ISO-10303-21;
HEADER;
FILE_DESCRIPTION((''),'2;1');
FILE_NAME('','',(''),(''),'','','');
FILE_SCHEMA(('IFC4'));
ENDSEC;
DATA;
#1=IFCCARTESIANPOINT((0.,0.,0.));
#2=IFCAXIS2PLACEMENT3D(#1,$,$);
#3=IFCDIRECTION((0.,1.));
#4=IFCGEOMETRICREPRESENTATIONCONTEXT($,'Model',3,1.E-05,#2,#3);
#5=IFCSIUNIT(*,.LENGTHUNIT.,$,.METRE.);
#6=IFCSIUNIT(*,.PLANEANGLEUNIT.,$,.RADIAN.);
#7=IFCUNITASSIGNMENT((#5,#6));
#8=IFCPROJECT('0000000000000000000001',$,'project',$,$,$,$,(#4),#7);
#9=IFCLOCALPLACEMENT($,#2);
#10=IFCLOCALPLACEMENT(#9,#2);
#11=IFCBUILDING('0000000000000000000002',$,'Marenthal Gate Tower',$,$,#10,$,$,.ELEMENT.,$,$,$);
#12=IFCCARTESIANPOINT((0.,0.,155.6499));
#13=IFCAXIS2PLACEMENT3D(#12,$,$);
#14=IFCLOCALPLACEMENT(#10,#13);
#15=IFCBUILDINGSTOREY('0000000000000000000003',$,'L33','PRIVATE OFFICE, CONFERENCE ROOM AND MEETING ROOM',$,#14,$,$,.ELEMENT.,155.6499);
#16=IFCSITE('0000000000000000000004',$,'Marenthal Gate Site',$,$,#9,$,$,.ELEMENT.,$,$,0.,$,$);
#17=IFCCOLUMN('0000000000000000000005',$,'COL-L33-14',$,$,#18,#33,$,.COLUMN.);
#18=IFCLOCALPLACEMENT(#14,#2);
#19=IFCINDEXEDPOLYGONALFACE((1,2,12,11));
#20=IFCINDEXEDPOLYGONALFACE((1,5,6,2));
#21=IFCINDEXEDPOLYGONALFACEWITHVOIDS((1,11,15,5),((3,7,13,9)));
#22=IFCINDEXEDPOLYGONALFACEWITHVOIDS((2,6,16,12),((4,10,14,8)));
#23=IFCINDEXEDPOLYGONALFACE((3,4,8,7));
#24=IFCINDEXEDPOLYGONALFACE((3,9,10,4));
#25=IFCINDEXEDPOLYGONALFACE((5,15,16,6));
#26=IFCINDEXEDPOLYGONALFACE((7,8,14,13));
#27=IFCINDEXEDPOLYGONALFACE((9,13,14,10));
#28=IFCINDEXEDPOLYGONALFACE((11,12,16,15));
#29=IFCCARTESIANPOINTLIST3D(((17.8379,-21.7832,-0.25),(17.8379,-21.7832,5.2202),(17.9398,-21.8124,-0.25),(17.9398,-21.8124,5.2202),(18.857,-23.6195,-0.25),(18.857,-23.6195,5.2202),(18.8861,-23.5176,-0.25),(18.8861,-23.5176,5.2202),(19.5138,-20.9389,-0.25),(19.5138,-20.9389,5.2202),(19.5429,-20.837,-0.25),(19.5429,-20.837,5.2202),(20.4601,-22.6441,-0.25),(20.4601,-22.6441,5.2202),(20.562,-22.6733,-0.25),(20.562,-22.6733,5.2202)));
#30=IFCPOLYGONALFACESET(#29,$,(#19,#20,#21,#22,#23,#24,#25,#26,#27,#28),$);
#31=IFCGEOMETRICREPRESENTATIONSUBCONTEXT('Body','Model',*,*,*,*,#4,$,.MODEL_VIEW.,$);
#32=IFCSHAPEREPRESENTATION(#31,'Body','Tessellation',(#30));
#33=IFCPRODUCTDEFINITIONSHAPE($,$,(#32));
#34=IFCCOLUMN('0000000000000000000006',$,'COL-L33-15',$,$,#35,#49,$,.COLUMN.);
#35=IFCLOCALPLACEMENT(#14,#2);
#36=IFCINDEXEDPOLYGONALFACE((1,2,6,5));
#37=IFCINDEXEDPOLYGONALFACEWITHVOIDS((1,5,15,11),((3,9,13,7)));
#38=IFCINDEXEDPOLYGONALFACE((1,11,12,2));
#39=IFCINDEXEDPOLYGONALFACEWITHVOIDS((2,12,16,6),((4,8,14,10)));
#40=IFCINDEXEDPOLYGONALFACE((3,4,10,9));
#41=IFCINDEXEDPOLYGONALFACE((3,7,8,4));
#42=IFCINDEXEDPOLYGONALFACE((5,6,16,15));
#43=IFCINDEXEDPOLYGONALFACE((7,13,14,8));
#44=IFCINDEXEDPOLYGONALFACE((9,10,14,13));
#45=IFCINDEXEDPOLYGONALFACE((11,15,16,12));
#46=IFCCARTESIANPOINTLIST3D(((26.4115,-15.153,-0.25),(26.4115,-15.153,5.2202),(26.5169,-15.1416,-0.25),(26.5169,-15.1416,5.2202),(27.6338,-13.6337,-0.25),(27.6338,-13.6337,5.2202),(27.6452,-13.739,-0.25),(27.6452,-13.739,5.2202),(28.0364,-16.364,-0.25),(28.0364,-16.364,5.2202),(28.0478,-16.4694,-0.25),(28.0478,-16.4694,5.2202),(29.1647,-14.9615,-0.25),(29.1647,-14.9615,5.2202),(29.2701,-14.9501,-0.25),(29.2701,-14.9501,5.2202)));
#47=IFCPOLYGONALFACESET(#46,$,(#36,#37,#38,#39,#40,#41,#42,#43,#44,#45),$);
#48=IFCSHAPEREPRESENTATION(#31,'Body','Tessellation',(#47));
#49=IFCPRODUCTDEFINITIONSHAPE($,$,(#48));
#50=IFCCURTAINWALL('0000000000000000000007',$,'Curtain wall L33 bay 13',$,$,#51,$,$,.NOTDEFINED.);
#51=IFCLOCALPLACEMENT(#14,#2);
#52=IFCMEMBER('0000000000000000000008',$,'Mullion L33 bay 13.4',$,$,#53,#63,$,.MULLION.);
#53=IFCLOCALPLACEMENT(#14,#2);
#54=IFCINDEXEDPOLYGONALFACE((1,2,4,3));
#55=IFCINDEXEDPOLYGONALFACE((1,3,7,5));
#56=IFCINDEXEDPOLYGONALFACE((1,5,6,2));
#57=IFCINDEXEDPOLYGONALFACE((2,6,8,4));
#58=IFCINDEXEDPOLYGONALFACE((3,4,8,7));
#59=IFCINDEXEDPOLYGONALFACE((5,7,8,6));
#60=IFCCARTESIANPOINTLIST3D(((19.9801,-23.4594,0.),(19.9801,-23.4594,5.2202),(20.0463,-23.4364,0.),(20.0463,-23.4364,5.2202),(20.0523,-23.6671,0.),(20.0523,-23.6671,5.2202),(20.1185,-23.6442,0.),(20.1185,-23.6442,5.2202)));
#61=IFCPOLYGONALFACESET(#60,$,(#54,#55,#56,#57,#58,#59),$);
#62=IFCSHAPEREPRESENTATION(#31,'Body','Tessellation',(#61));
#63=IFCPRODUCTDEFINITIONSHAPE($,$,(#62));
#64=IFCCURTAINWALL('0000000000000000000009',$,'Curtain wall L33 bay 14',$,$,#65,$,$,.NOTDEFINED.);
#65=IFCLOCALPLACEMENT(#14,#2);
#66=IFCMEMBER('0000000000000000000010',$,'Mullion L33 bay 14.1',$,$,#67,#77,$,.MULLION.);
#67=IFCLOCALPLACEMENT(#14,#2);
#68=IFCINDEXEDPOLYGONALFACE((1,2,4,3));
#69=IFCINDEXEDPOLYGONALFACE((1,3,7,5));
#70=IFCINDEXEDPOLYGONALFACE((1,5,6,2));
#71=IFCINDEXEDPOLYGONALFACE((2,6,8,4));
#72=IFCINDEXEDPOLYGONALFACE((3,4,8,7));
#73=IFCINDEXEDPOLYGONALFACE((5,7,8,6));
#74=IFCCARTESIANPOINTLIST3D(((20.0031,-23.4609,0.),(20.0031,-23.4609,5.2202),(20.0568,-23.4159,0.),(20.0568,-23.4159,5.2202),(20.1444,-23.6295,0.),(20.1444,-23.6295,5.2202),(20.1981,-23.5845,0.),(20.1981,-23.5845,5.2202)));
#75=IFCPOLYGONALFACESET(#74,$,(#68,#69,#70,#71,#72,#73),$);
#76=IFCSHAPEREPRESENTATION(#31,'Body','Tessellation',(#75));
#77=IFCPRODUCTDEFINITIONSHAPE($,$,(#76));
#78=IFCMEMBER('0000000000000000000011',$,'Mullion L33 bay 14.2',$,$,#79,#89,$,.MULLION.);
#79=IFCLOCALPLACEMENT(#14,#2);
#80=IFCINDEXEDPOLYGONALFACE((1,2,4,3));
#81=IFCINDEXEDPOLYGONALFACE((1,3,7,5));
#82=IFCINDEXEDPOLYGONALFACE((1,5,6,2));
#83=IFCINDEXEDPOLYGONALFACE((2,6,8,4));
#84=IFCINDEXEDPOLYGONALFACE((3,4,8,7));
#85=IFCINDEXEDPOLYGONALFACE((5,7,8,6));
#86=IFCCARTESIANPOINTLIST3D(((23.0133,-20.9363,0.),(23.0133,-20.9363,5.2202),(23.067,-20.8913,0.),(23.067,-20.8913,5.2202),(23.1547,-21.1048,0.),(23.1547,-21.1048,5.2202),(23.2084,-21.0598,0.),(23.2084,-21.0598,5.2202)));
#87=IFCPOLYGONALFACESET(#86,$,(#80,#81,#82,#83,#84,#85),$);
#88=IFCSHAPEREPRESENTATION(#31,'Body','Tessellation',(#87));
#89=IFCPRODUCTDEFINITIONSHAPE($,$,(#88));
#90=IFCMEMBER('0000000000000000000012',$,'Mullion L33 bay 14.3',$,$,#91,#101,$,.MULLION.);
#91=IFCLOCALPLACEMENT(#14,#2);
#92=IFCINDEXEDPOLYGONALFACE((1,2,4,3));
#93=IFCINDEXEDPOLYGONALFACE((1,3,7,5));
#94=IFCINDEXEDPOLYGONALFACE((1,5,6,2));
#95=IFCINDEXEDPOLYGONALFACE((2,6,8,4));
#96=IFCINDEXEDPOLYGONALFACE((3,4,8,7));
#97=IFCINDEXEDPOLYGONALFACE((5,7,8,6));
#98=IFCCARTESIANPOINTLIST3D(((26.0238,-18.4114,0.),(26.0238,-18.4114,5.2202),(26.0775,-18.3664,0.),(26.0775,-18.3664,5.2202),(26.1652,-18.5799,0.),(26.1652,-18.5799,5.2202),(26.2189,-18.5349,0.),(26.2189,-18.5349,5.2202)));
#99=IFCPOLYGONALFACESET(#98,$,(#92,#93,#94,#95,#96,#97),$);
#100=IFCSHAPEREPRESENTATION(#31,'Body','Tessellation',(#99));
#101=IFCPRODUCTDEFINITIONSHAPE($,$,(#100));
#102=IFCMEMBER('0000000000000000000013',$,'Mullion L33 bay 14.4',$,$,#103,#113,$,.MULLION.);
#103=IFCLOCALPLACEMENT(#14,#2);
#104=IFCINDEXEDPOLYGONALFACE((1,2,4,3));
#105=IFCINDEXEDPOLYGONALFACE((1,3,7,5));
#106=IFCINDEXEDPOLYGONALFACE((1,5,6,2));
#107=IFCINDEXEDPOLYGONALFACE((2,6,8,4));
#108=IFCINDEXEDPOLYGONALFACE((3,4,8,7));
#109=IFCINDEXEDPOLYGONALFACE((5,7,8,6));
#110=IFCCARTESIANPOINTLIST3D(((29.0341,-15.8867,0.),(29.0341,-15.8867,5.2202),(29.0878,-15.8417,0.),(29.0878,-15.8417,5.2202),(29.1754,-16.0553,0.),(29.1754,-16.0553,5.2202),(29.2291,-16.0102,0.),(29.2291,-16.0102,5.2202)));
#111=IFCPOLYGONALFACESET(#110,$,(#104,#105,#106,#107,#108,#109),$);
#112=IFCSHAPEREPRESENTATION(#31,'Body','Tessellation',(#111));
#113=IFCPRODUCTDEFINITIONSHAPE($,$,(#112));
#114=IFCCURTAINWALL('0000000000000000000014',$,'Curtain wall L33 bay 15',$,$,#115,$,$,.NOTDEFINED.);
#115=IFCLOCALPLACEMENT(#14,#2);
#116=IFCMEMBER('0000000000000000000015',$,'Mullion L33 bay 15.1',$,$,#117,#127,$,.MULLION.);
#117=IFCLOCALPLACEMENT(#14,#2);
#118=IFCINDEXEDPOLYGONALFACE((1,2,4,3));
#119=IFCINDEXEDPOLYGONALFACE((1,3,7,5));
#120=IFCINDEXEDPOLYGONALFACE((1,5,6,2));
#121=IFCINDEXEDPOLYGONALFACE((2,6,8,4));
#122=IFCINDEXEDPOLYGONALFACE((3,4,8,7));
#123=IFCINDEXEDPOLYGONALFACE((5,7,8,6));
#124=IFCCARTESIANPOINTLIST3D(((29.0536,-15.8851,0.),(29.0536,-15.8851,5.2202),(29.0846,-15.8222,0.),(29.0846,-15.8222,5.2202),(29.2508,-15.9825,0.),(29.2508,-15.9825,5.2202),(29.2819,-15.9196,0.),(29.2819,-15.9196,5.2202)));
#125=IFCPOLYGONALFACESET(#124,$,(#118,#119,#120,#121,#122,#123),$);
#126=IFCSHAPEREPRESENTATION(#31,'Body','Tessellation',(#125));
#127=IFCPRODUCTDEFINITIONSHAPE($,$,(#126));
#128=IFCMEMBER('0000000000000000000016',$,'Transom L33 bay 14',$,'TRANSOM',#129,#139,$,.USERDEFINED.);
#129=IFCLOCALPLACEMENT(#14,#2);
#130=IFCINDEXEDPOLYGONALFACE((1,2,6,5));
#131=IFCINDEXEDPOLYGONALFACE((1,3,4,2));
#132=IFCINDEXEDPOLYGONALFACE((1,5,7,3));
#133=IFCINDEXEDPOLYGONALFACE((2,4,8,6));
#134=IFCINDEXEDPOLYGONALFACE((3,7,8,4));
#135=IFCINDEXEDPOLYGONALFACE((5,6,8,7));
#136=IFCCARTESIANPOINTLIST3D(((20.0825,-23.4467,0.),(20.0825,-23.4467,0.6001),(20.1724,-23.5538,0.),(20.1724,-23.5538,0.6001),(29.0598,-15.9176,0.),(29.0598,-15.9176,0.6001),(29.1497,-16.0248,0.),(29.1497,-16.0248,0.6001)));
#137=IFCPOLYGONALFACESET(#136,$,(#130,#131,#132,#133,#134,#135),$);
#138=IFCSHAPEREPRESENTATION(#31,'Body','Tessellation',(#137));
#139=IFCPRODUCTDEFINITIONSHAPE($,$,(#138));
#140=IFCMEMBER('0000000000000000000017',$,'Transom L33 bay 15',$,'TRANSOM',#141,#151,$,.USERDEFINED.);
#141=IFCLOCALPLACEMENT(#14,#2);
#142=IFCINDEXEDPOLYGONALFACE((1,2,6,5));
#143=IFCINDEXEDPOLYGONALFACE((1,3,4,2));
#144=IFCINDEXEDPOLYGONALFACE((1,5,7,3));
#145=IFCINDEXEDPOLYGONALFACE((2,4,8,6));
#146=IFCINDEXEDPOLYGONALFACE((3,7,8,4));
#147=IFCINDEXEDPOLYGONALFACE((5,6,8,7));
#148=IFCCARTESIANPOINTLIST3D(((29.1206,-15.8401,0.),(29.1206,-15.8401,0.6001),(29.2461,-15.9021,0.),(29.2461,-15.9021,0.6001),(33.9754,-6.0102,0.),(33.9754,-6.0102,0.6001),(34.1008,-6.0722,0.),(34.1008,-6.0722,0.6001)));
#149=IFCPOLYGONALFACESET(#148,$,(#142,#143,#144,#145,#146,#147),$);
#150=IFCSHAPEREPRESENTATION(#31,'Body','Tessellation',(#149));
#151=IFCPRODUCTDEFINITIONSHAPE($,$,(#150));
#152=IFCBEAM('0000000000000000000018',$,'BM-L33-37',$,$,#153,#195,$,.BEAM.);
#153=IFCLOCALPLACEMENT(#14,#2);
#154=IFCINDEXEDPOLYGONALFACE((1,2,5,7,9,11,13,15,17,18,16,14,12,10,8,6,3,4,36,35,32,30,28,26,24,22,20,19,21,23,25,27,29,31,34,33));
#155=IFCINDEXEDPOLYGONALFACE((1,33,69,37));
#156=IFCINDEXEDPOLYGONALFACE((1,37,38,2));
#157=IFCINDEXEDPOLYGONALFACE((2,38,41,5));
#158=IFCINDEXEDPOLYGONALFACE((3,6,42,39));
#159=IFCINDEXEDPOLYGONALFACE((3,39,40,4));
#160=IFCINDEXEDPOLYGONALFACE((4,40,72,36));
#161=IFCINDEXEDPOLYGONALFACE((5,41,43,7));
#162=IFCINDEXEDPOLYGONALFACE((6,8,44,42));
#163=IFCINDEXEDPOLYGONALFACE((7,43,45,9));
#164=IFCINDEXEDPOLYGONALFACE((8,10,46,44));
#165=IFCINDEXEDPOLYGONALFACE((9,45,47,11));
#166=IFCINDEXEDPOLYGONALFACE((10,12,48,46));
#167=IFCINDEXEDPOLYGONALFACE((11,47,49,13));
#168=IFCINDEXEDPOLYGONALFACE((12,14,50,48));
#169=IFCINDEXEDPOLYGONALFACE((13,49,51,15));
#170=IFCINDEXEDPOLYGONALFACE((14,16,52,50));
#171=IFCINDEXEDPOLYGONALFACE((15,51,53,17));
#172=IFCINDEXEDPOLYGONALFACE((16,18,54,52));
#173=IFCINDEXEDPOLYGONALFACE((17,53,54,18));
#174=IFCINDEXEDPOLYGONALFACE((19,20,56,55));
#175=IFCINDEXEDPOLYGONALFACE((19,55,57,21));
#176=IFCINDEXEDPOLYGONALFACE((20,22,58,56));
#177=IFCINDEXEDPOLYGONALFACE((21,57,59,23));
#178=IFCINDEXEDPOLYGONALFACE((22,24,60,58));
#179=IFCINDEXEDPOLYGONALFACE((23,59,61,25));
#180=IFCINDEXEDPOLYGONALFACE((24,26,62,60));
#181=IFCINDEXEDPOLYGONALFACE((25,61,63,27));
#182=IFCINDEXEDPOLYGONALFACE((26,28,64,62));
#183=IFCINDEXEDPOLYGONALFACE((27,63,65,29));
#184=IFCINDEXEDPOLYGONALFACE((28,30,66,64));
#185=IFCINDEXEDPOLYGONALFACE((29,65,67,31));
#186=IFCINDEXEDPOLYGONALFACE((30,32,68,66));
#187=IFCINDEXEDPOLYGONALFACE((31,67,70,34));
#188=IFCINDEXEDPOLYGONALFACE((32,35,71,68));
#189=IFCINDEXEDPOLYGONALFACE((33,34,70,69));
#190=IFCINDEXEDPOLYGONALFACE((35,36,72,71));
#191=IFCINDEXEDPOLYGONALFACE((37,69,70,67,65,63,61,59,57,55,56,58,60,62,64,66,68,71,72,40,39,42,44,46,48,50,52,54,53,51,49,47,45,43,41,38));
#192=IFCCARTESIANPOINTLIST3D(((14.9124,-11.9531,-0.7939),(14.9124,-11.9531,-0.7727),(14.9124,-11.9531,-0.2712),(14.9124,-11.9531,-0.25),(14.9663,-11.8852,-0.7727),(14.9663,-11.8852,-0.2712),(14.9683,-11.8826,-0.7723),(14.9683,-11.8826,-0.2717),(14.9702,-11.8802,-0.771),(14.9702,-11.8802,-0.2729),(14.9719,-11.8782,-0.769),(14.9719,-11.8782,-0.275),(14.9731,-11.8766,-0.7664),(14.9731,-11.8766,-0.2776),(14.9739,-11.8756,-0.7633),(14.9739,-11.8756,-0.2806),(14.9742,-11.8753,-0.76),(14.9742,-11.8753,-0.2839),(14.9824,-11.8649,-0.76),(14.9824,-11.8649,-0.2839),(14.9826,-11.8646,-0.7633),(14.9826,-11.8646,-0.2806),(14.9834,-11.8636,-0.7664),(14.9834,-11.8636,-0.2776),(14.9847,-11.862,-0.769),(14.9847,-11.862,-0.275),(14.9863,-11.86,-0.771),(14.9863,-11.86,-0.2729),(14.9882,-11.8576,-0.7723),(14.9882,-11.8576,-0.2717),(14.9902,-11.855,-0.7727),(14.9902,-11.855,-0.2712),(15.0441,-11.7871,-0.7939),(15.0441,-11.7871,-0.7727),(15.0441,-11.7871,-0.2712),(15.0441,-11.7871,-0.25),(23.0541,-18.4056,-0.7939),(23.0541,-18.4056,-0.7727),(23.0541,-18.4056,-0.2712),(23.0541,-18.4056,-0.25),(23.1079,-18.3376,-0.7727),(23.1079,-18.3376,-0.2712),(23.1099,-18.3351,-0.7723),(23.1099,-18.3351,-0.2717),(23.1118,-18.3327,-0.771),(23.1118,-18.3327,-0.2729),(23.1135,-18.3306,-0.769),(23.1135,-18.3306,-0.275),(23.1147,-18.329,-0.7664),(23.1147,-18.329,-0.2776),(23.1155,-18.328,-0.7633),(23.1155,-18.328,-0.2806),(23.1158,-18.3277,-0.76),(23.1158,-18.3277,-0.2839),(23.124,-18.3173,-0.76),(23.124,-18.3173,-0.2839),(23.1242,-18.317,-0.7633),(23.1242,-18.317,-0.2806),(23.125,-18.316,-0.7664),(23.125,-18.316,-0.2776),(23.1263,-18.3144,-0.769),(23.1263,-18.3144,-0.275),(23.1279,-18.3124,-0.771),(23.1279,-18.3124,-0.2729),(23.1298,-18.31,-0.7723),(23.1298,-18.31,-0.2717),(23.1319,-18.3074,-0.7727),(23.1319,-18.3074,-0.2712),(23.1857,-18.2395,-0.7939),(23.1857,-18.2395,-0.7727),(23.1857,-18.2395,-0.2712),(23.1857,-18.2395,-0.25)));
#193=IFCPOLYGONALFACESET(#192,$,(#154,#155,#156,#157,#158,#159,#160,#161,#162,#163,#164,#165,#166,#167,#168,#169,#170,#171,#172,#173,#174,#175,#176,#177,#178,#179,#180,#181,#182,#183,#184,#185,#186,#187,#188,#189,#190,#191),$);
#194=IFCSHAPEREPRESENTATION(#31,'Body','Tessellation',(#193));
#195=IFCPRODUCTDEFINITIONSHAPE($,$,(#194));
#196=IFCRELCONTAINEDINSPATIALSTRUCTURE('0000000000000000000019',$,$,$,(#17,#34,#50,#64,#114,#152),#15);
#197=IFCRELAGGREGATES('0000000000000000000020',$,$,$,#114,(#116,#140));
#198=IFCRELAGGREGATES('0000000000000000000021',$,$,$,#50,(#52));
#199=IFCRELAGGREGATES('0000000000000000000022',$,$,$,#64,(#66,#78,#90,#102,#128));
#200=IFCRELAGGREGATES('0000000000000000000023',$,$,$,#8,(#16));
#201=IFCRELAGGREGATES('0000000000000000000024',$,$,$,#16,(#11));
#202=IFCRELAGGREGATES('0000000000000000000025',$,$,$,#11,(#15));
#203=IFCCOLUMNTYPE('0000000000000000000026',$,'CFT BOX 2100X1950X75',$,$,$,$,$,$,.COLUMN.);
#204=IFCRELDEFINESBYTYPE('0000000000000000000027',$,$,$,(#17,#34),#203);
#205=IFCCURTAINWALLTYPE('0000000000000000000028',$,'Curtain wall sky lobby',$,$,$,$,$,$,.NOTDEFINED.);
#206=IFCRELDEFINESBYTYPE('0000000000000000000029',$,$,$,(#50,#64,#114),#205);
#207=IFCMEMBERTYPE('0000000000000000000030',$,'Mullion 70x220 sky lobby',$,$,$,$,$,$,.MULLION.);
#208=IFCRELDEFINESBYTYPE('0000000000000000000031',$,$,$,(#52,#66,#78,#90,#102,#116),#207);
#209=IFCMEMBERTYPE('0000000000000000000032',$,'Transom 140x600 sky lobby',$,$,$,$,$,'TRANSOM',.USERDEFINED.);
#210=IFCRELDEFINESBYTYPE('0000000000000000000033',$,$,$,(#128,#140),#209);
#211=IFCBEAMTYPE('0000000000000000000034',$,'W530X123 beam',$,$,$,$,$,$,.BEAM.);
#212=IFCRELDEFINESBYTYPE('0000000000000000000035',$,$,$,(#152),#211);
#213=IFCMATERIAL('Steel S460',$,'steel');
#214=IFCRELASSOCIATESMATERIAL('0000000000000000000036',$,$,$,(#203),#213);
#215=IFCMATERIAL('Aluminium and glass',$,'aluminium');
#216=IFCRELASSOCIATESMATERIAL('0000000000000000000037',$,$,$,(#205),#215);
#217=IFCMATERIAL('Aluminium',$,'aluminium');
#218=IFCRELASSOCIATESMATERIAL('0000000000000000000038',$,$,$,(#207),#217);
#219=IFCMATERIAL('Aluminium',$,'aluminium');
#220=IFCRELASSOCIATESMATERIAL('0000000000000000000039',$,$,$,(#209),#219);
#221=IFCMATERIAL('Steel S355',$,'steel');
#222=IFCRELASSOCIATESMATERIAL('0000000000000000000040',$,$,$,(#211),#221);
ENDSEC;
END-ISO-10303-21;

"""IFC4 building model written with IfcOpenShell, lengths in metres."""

from ifc_helpers import new_model, si_unit, direction, frame, origin, origin_2d, place, context, subcontext, project, spatial, rectangle, hollow_rectangle, i_section, extrude, material, material_profile, profile_set, type_object, element, aggregate, save


model = new_model("IFC4")

# Units and contexts
model_context = context("Model", 3, precision=1e-05, world=origin(), true_north=direction((0.0, 1.0)))
body_context = subcontext(model_context, "Body", "Model", "MODEL_VIEW")
ifc_project = project(units=[si_unit("LENGTHUNIT", "METRE"), si_unit("PLANEANGLEUNIT", "RADIAN")], contexts=[model_context])

# Site, building, storey
site_placement = place(None, origin())
site = spatial("IfcSite", under=ifc_project, at=site_placement, Name="Marenthal Gate Site", CompositionType="ELEMENT", RefElevation=0.0)
building_placement = place(site_placement, origin())
building = spatial("IfcBuilding", under=site, at=building_placement, Name="Marenthal Gate Tower", CompositionType="ELEMENT")
storey_placement = place(building_placement, frame((0.0, 0.0, 155.6499)))
storey = spatial("IfcBuildingStorey", under=building, at=storey_placement, Name="L33", Description="PRIVATE OFFICE, CONFERENCE ROOM AND MEETING ROOM", CompositionType="ELEMENT", Elevation=155.6499)

# Columns
ifc_material_1 = material(Name="Steel S460", Category="steel")
ifc_material_profile_1 = material_profile(ifc_material_1, hollow_rectangle(XDim=1.95, YDim=2.1001, WallThickness=0.075, at=origin_2d()), Name="CFT BOX 2100X1950X75")
ifc_material_2 = material(Name="Concrete 70 MPa", Category="concrete")
ifc_material_profile_2 = material_profile(ifc_material_2, rectangle(XDim=1.8, YDim=1.95, at=origin_2d()), Name="CFT BOX 2100X1950X75 INFILL")
ifc_profile_set_1 = profile_set([ifc_material_profile_1, ifc_material_profile_2], Name="Steel S460 shell, Concrete 70 MPa infill")
column_type = type_object("IfcColumnType", Name="CFT BOX 2100X1950X75", PredefinedType="COLUMN", material=ifc_profile_set_1)
for number, where, z_axis, x_axis, name in (
    (1, (19.2, -22.2283, -0.25), (0.0, 0.0, 1.0), (-0.87438, -0.485242, 0.0), "COL-L33-14"),
    (2, (27.8408, -15.0515, -0.25), (0.0, 0.0, 1.0), (-0.626831, -0.779155, 0.0), "COL-L33-15"),
):
    element("IfcColumn", number, at=place(storey_placement, frame(where, z_axis=z_axis, x_axis=x_axis)), inside=storey, type_object=column_type, Name=name, PredefinedType="COLUMN", context=body_context, shape_type="SweptSolid", body=[
        extrude(hollow_rectangle(XDim=1.95, YDim=2.1001, WallThickness=0.075, at=origin_2d()), origin(), (0.0, 0.0, 1.0), 5.4702),
    ])

# Curtain wall, member
ifc_material_3 = material(Name="Aluminium and glass", Category="aluminium")
curtain_wall_type = type_object("IfcCurtainWallType", Name="Curtain wall sky lobby", PredefinedType="NOTDEFINED", material=ifc_material_3)
curtain_wall_1_placement = place(storey_placement, origin())
curtain_wall_1 = element("IfcCurtainWall", 3, at=curtain_wall_1_placement, inside=storey, type_object=curtain_wall_type, Name="Curtain wall L33 bay 13", PredefinedType="NOTDEFINED")
ifc_material_4 = material(Name="Aluminium", Category="aluminium")
ifc_material_profile_3 = material_profile(ifc_material_4, rectangle(XDim=0.22, YDim=0.0701, at=origin_2d()), Name="70x220 aluminium mullion")
ifc_profile_set_2 = profile_set([ifc_material_profile_3], Name="Aluminium")
member_type_1 = type_object("IfcMemberType", Name="Mullion 70x220 sky lobby", PredefinedType="MULLION", material=ifc_profile_set_2)
member_1_placement = place(storey_placement, frame((20.0493, -23.5518, 0.0), z_axis=(0.0, 0.0, 1.0), x_axis=(-0.328158, 0.944623, 0.0)))
member_1 = element("IfcMember", 4, at=member_1_placement, type_object=member_type_1, Name="Mullion L33 bay 13.4", PredefinedType="MULLION", context=body_context, shape_type="SweptSolid", body=[
    extrude(rectangle(XDim=0.22, YDim=0.0701, at=origin_2d()), origin(), (0.0, 0.0, 1.0), 5.2202),
])

# Curtain wall, members
curtain_wall_2_placement = place(storey_placement, origin())
curtain_wall_2 = element("IfcCurtainWall", 5, at=curtain_wall_2_placement, inside=storey, type_object=curtain_wall_type, Name="Curtain wall L33 bay 14", PredefinedType="NOTDEFINED")
member_2_placement = place(storey_placement, frame((20.1006, -23.5227, 0.0), z_axis=(0.0, 0.0, 1.0), x_axis=(-0.642602, 0.7662, 0.0)))
member_2 = element("IfcMember", 6, at=member_2_placement, type_object=member_type_1, Name="Mullion L33 bay 14.1", PredefinedType="MULLION", context=body_context, shape_type="SweptSolid", body=[
    extrude(rectangle(XDim=0.22, YDim=0.0701, at=origin_2d()), origin(), (0.0, 0.0, 1.0), 5.2202),
])
member_3_placement = place(storey_placement, frame((23.1108, -20.998, 0.0), z_axis=(0.0, 0.0, 1.0), x_axis=(-0.642602, 0.7662, 0.0)))
member_3 = element("IfcMember", 7, at=member_3_placement, type_object=member_type_1, Name="Mullion L33 bay 14.2", PredefinedType="MULLION", context=body_context, shape_type="SweptSolid", body=[
    extrude(rectangle(XDim=0.22, YDim=0.0701, at=origin_2d()), origin(), (0.0, 0.0, 1.0), 5.2202),
])
member_4_placement = place(storey_placement, frame((26.1213, -18.4731, 0.0), z_axis=(0.0, 0.0, 1.0), x_axis=(-0.642602, 0.7662, 0.0)))
member_4 = element("IfcMember", 8, at=member_4_placement, type_object=member_type_1, Name="Mullion L33 bay 14.3", PredefinedType="MULLION", context=body_context, shape_type="SweptSolid", body=[
    extrude(rectangle(XDim=0.22, YDim=0.0701, at=origin_2d()), origin(), (0.0, 0.0, 1.0), 5.2202),
])
member_5_placement = place(storey_placement, frame((29.1316, -15.9485, 0.0), z_axis=(0.0, 0.0, 1.0), x_axis=(-0.642602, 0.7662, 0.0)))
member_5 = element("IfcMember", 9, at=member_5_placement, type_object=member_type_1, Name="Mullion L33 bay 14.4", PredefinedType="MULLION", context=body_context, shape_type="SweptSolid", body=[
    extrude(rectangle(XDim=0.22, YDim=0.0701, at=origin_2d()), origin(), (0.0, 0.0, 1.0), 5.2202),
])

# Curtain wall, member
curtain_wall_3_placement = place(storey_placement, origin())
curtain_wall_3 = element("IfcCurtainWall", 10, at=curtain_wall_3_placement, inside=storey, type_object=curtain_wall_type, Name="Curtain wall L33 bay 15", PredefinedType="NOTDEFINED")
member_6_placement = place(storey_placement, frame((29.1677, -15.9023, 0.0), z_axis=(0.0, 0.0, 1.0), x_axis=(-0.896609, 0.442824, 0.0)))
member_6 = element("IfcMember", 11, at=member_6_placement, type_object=member_type_1, Name="Mullion L33 bay 15.1", PredefinedType="MULLION", context=body_context, shape_type="SweptSolid", body=[
    extrude(rectangle(XDim=0.22, YDim=0.0701, at=origin_2d()), origin(), (0.0, 0.0, 1.0), 5.2202),
])

# Members
ifc_material_5 = material(Name="Aluminium", Category="aluminium")
ifc_material_profile_4 = material_profile(ifc_material_5, rectangle(XDim=0.1399, YDim=0.6001, at=origin_2d()), Name="140x600 aluminium transom")
ifc_profile_set_3 = profile_set([ifc_material_profile_4], Name="Aluminium")
member_type_2 = type_object("IfcMemberType", Name="Transom 140x600 sky lobby", ElementType="TRANSOM", PredefinedType="USERDEFINED", material=ifc_profile_set_3)
member_7_placement = place(storey_placement, frame((20.1274, -23.5002, 0.3), z_axis=(0.766204, 0.642598, 0.0), x_axis=(-0.642598, 0.766204, 0.0)))
member_7 = element("IfcMember", 12, at=member_7_placement, type_object=member_type_2, Name="Transom L33 bay 14", ObjectType="TRANSOM", PredefinedType="USERDEFINED", context=body_context, shape_type="SweptSolid", body=[
    extrude(rectangle(XDim=0.1399, YDim=0.6001, at=origin_2d()), origin(), (0.0, 0.0, 1.0), 11.7166),
])
member_8_placement = place(storey_placement, frame((29.1833, -15.8711, 0.3), z_axis=(0.442817, 0.896612, 0.0), x_axis=(-0.896612, 0.442817, 0.0)))
member_8 = element("IfcMember", 13, at=member_8_placement, type_object=member_type_2, Name="Transom L33 bay 15", ObjectType="TRANSOM", PredefinedType="USERDEFINED", context=body_context, shape_type="SweptSolid", body=[
    extrude(rectangle(XDim=0.1399, YDim=0.6001, at=origin_2d()), origin(), (0.0, 0.0, 1.0), 10.9634),
])
aggregate(curtain_wall_3, [member_6, member_8])

# Beam
ifc_material_6 = material(Name="Steel S355", Category="steel")
ifc_material_profile_5 = material_profile(ifc_material_6, i_section(OverallWidth=0.2119, OverallDepth=0.5439, WebThickness=0.0132, FlangeThickness=0.0212, FilletRadius=0.0127, at=origin_2d()), Name="W530X123")
ifc_profile_set_4 = profile_set([ifc_material_profile_5], Name="Steel S355")
beam_type_1 = type_object("IfcBeamType", Name="W530X123 beam", PredefinedType="BEAM", material=ifc_profile_set_4)
beam_1_placement = place(storey_placement, frame((23.1199, -18.3225, -0.522), z_axis=(-0.78372, 0.621115, 0.0), x_axis=(-0.621115, -0.78372, 0.0)))
element("IfcBeam", 14, at=beam_1_placement, inside=storey, type_object=beam_type_1, Name="BM-L33-37", PredefinedType="BEAM", context=body_context, shape_type="SweptSolid", body=[
    extrude(i_section(OverallWidth=0.2119, OverallDepth=0.5439, WebThickness=0.0132, FlangeThickness=0.0212, FilletRadius=0.0127, at=origin_2d()), origin(), (0.0, 0.0, 1.0), 10.3884),
])

aggregate(curtain_wall_1, [member_1])
aggregate(curtain_wall_2, [member_2, member_3, member_4, member_5, member_7])

save(model, "model.ifc")
